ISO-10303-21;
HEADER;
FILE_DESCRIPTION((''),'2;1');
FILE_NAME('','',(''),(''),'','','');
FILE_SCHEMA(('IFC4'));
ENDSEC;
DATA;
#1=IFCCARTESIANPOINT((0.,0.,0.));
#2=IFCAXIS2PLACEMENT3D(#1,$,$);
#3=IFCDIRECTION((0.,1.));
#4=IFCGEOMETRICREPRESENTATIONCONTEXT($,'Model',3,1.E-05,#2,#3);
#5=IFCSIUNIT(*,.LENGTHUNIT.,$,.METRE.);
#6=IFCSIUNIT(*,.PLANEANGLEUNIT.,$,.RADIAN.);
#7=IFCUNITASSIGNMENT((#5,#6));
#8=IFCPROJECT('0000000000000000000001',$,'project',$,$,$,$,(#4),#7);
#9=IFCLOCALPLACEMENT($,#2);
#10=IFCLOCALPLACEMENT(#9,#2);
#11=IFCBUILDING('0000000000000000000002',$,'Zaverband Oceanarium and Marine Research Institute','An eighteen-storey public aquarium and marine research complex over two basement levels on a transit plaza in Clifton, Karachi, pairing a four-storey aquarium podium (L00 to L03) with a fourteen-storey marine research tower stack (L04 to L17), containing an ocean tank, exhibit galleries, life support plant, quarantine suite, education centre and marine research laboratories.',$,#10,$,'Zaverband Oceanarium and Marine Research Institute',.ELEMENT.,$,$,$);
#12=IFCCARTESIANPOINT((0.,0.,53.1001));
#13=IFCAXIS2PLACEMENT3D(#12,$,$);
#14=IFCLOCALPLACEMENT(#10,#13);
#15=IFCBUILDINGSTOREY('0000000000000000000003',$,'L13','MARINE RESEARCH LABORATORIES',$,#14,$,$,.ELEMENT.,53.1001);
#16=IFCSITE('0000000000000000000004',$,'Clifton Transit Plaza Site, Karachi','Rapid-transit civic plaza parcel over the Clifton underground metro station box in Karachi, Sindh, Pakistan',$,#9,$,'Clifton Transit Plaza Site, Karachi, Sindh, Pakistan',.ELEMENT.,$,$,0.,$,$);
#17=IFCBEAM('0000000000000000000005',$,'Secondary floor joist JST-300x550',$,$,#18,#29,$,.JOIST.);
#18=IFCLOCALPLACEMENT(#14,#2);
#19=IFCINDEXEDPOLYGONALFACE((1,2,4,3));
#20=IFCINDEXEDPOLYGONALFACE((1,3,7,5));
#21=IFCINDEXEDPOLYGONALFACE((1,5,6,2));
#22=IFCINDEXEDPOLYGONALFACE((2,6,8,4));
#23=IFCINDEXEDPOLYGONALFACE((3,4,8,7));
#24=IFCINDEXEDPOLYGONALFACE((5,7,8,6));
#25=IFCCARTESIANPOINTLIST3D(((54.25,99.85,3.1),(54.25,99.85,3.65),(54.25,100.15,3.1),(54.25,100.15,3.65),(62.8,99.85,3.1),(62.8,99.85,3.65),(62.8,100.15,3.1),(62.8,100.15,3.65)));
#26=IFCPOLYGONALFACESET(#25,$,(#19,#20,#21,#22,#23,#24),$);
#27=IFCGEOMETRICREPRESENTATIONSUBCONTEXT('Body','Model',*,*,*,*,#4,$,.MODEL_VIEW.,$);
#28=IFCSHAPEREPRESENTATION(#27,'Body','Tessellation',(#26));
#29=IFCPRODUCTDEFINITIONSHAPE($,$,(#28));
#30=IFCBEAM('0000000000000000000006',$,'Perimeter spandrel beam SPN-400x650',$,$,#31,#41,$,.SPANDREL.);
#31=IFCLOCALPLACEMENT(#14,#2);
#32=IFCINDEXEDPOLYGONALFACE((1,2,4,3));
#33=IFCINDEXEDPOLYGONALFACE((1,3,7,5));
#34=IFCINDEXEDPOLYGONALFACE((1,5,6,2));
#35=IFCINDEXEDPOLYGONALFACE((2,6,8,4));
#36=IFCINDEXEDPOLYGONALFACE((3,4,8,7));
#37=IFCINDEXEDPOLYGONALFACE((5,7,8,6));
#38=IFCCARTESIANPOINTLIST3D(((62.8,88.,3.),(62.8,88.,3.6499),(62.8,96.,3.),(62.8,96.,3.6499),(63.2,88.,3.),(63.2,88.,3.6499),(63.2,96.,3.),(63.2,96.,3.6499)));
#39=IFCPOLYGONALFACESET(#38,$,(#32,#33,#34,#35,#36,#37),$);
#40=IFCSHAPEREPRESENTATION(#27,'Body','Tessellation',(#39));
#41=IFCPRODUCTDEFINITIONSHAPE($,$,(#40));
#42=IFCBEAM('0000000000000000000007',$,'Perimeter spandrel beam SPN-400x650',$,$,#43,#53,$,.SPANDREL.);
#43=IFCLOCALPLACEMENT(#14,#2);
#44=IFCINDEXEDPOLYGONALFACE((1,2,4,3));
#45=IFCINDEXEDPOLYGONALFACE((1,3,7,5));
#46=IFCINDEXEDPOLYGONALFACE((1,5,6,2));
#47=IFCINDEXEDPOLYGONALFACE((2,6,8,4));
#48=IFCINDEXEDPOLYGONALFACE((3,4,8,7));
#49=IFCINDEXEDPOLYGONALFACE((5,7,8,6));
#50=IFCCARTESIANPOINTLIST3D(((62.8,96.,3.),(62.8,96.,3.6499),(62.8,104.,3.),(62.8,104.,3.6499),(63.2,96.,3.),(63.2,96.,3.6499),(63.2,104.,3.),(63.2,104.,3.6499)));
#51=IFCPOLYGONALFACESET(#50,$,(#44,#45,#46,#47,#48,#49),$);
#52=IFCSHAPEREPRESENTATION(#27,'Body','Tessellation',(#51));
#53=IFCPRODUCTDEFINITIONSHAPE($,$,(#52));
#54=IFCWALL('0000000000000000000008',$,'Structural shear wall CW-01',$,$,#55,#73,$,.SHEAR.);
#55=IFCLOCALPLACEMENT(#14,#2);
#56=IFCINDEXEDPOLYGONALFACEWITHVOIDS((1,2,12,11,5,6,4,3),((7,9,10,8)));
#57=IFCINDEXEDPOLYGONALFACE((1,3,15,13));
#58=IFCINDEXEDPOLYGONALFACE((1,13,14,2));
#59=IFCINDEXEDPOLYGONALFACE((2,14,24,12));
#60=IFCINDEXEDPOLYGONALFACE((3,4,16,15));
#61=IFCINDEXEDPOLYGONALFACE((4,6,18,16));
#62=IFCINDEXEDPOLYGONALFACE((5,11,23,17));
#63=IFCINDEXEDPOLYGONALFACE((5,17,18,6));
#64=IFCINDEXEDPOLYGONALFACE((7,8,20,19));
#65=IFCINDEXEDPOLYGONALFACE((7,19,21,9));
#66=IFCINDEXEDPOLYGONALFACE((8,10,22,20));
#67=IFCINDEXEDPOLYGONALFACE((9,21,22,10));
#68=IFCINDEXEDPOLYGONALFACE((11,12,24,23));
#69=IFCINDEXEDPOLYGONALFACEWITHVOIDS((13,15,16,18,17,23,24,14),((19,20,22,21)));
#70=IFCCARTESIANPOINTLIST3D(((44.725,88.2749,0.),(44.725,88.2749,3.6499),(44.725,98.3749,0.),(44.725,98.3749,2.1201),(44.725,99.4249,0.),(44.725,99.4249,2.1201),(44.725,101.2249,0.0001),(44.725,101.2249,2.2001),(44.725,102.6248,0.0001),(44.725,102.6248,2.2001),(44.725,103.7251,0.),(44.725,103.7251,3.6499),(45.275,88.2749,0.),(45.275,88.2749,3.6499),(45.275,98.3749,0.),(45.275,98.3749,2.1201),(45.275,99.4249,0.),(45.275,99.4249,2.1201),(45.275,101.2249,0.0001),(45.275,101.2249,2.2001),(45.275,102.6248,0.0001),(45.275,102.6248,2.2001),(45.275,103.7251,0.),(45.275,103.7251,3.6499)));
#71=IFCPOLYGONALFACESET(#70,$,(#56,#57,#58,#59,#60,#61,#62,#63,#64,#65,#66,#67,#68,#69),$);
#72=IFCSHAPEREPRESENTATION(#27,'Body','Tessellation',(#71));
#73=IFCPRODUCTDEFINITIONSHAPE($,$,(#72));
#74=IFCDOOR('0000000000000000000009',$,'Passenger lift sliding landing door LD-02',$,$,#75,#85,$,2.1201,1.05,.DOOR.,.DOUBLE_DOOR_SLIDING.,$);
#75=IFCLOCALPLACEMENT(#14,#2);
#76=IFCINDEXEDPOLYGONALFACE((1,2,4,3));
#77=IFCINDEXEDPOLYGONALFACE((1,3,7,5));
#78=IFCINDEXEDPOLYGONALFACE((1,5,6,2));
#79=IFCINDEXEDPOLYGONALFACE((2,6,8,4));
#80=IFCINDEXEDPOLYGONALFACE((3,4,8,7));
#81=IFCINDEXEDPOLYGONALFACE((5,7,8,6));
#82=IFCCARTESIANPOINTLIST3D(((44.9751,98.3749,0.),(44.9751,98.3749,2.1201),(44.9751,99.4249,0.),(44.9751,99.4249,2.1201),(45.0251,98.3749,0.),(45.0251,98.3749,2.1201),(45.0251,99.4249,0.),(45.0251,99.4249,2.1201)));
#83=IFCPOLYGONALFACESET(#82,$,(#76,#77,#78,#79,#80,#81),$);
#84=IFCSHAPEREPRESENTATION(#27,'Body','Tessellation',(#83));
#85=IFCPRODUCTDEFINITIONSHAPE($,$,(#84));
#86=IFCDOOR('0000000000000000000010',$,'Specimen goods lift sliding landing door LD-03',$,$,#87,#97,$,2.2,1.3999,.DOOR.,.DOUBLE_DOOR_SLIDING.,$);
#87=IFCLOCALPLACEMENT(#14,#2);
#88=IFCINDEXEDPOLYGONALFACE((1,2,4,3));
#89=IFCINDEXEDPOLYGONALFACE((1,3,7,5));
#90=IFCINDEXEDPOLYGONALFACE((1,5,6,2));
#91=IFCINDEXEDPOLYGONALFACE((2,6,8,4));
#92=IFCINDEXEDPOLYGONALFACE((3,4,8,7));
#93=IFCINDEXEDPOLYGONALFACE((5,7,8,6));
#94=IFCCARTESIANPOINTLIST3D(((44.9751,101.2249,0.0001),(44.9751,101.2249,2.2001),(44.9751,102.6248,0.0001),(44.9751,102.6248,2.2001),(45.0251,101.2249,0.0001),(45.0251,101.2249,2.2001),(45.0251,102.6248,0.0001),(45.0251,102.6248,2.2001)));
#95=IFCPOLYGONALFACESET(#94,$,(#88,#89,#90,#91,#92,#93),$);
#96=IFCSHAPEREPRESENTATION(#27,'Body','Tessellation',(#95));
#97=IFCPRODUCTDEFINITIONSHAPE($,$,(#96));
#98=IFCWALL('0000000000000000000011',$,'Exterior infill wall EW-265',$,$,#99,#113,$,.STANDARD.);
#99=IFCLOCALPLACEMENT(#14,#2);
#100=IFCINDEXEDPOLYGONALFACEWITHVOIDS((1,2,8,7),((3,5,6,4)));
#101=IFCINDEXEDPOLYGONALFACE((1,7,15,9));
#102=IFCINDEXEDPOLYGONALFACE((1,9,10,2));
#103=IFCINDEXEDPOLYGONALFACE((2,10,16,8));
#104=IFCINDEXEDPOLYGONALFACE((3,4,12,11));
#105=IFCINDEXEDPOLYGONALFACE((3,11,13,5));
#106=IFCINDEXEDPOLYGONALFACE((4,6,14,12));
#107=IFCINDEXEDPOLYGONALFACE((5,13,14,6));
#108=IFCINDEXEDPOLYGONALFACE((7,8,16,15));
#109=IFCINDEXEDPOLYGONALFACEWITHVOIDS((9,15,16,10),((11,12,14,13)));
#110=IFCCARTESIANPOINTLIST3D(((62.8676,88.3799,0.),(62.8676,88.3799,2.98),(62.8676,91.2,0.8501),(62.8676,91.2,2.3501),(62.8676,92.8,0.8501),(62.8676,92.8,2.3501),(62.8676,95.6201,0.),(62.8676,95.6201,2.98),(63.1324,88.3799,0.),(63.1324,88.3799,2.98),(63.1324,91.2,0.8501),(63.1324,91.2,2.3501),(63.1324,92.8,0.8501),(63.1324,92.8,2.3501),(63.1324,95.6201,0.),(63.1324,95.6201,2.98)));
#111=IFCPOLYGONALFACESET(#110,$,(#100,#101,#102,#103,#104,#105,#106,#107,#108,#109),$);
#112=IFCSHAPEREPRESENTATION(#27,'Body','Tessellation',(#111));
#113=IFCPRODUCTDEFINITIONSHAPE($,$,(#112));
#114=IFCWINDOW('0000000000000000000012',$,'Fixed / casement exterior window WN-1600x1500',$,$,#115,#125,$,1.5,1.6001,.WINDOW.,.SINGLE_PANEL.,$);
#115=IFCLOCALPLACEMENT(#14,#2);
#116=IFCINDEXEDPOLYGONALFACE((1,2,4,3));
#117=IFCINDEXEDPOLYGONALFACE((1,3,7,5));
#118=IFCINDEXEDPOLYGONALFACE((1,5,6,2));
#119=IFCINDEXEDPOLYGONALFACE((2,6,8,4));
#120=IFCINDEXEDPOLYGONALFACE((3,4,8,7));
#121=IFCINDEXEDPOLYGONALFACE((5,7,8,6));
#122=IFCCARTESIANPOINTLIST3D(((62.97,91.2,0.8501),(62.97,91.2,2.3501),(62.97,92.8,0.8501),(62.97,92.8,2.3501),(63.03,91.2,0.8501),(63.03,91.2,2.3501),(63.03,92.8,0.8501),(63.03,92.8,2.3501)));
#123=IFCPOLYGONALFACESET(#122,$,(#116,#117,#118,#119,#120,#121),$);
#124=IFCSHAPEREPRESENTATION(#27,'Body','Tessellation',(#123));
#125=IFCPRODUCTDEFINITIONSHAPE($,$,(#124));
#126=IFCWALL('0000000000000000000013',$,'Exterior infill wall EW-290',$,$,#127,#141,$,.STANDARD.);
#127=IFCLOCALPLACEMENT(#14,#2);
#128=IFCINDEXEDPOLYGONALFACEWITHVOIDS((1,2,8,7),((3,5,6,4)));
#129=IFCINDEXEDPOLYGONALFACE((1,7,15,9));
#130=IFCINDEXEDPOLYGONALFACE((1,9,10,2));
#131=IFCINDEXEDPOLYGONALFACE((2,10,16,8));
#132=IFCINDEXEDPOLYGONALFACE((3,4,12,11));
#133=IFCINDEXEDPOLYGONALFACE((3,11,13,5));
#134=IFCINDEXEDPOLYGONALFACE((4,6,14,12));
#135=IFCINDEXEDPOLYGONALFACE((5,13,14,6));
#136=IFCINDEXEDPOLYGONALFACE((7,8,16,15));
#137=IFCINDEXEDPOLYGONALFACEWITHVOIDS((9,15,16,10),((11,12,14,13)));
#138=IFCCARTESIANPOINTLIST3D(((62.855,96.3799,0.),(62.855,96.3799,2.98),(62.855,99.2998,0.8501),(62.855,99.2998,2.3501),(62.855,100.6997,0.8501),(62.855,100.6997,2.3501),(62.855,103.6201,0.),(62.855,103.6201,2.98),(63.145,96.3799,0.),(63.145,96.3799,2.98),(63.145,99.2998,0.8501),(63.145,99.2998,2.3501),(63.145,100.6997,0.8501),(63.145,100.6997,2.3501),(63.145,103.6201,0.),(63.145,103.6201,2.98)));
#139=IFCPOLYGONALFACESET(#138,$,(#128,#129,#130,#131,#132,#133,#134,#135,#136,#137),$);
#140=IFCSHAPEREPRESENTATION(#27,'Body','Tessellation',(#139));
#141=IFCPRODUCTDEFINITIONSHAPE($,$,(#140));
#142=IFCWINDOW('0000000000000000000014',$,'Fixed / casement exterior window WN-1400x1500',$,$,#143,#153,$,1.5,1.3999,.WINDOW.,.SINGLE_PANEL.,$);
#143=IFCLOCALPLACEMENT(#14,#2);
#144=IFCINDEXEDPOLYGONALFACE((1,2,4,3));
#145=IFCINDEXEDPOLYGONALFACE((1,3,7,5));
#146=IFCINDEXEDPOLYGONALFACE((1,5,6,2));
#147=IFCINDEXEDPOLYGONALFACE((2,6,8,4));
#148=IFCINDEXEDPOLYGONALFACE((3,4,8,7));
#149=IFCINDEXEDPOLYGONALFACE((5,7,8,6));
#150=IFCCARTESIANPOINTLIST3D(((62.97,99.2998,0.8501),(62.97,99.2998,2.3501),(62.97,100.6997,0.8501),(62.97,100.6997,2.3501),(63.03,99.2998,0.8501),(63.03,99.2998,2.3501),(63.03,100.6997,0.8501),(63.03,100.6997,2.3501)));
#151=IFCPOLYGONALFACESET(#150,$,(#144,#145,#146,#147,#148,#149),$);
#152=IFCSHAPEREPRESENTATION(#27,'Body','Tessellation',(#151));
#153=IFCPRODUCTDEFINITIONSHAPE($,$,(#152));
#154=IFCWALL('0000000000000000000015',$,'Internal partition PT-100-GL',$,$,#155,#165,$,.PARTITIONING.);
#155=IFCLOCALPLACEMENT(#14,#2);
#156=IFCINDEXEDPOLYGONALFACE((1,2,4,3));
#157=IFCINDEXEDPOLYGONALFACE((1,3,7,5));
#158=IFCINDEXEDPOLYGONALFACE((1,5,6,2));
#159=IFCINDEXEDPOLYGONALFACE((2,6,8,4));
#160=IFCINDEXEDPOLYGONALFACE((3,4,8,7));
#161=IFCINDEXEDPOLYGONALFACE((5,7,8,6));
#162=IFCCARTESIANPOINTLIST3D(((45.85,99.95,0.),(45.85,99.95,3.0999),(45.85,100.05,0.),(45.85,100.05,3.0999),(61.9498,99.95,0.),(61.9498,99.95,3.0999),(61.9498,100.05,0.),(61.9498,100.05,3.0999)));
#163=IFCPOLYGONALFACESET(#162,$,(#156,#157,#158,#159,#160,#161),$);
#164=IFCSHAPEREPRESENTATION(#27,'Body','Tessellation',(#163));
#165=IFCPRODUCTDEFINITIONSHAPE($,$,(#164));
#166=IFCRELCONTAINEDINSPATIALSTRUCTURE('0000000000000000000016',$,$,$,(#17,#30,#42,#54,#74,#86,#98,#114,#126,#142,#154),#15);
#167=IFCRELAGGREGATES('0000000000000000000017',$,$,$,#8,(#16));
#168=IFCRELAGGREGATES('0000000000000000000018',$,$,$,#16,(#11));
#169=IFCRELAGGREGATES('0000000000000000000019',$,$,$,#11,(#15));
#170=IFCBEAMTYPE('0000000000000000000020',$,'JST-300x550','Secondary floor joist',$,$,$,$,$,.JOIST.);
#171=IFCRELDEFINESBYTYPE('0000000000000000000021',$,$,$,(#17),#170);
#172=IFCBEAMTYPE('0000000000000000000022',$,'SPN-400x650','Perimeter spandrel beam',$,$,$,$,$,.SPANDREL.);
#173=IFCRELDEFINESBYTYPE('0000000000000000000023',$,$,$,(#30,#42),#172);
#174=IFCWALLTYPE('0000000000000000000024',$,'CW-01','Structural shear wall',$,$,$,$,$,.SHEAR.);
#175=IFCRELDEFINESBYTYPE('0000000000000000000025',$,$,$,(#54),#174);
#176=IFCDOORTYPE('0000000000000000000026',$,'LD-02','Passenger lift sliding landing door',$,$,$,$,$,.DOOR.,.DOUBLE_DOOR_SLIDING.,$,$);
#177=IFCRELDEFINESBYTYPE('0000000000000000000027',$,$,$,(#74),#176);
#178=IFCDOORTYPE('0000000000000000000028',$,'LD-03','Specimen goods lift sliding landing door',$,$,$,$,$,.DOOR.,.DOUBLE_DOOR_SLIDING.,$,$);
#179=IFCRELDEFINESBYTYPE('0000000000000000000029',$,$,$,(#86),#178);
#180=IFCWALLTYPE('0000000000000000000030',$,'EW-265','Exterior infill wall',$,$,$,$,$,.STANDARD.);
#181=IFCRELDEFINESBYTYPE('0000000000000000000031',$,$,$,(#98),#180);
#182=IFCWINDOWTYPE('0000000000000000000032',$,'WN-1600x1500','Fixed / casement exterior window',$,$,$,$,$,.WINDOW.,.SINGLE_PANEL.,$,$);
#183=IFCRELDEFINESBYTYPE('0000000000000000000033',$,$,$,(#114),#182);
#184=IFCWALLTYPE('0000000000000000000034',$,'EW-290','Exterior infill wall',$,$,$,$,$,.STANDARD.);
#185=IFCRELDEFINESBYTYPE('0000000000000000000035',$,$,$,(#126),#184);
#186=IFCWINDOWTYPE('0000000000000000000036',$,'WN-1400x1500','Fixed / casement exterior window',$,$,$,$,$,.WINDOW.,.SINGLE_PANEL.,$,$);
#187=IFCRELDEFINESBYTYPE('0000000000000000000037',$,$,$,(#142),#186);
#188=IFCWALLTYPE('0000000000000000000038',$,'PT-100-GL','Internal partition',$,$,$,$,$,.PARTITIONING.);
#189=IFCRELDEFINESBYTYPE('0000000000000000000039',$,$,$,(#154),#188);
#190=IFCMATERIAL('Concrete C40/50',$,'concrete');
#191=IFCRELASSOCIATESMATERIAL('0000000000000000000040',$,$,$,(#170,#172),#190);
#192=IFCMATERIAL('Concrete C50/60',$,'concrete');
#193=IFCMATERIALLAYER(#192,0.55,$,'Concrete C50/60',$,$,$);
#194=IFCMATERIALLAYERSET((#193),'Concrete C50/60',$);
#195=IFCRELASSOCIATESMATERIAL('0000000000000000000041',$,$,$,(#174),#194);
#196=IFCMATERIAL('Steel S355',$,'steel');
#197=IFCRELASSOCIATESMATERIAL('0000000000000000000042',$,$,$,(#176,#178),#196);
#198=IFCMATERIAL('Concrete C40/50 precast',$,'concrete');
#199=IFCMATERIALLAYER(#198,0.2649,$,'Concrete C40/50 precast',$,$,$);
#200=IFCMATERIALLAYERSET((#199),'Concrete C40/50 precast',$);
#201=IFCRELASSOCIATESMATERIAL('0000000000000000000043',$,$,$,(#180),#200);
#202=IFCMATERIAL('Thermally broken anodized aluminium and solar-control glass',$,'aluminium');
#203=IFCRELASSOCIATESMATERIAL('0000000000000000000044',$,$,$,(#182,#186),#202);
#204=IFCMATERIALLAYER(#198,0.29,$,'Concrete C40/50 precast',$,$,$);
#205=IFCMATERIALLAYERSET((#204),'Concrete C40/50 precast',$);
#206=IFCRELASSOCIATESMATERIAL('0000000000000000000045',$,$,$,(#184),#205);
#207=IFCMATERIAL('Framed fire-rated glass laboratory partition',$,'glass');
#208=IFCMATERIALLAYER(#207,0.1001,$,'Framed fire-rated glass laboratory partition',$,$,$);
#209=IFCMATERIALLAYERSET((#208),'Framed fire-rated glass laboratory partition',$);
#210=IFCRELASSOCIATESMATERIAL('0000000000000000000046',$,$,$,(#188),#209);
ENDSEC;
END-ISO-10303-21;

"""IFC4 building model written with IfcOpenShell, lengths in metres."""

from ifc_helpers import new_model, si_unit, direction, frame, frame_2d, origin, origin_2d, place, context, subcontext, project, spatial, rectangle, extrude, material, layer, layer_set, material_profile, profile_set, type_object, element, fill, save


model = new_model("IFC4")

# Units and contexts
model_context = context("Model", 3, precision=1e-05, world=origin(), true_north=direction((0.0, 1.0)))
body_context = subcontext(model_context, "Body", "Model", "MODEL_VIEW")
ifc_project = project(units=[si_unit("LENGTHUNIT", "METRE"), si_unit("PLANEANGLEUNIT", "RADIAN")], contexts=[model_context])

# Site, building, storey
site_placement = place(None, origin())
site = spatial("IfcSite", under=ifc_project, at=site_placement, Name="Clifton Transit Plaza Site, Karachi", Description="Rapid-transit civic plaza parcel over the Clifton underground metro station box in Karachi, Sindh, Pakistan", LongName="Clifton Transit Plaza Site, Karachi, Sindh, Pakistan", CompositionType="ELEMENT", RefElevation=0.0)
building_placement = place(site_placement, origin())
building = spatial("IfcBuilding", under=site, at=building_placement, Name="Zaverband Oceanarium and Marine Research Institute", Description="An eighteen-storey public aquarium and marine research complex over two basement levels on a transit plaza in Clifton, Karachi, pairing a four-storey aquarium podium (L00 to L03) with a fourteen-storey marine research tower stack (L04 to L17), containing an ocean tank, exhibit galleries, life support plant, quarantine suite, education centre and marine research laboratories.", LongName="Zaverband Oceanarium and Marine Research Institute", CompositionType="ELEMENT")
storey_placement = place(building_placement, frame((0.0, 0.0, 53.1001)))
storey = spatial("IfcBuildingStorey", under=building, at=storey_placement, Name="L13", Description="MARINE RESEARCH LABORATORIES", CompositionType="ELEMENT", Elevation=53.1001)

# Shared definitions
ifc_material_1 = material(Name="Concrete C50/60", Category="concrete")

# Shared definitions
ifc_material_2 = material(Name="Concrete C40/50", Category="concrete")

# Shared definitions
ifc_material_3 = material(Name="Steel S355", Category="steel")

# Beams
ifc_material_profile_1 = material_profile(ifc_material_2, rectangle(XDim=0.3, YDim=0.55, at=origin_2d()), Name="RC300x550")
ifc_profile_set_1 = profile_set([ifc_material_profile_1], Name="Concrete C40/50")
beam_type_1 = type_object("IfcBeamType", Name="JST-300x550", Description="Secondary floor joist", PredefinedType="JOIST", material=ifc_profile_set_1)
for number, where, z_axis, x_axis, name in (
    (1, (54.25, 100.0, 3.375), (1.0, 0.0, 0.0), (0.0, 1.0, 0.0), "Secondary floor joist JST-300x550"),
):
    element("IfcBeam", number, at=place(storey_placement, frame(where, z_axis=z_axis, x_axis=x_axis)), inside=storey, type_object=beam_type_1, Name=name, PredefinedType="JOIST", context=body_context, shape_type="SweptSolid", body=[
        extrude(rectangle(XDim=0.3, YDim=0.55, at=origin_2d()), origin(), (0.0, 0.0, 1.0), 8.55),
    ])
ifc_material_profile_2 = material_profile(ifc_material_2, rectangle(XDim=0.3999, YDim=0.6499, at=origin_2d()), Name="RC400x650")
ifc_profile_set_2 = profile_set([ifc_material_profile_2], Name="Concrete C40/50")
beam_type_2 = type_object("IfcBeamType", Name="SPN-400x650", Description="Perimeter spandrel beam", PredefinedType="SPANDREL", material=ifc_profile_set_2)
for number, where, z_axis, x_axis, name in (
    (2, (63.0, 88.0, 3.325), (0.0, 1.0, 0.0), (-1.0, 0.0, 0.0), "Perimeter spandrel beam SPN-400x650"),
    (3, (63.0, 96.0, 3.325), (0.0, 1.0, 0.0), (-1.0, 0.0, 0.0), "Perimeter spandrel beam SPN-400x650"),
):
    element("IfcBeam", number, at=place(storey_placement, frame(where, z_axis=z_axis, x_axis=x_axis)), inside=storey, type_object=beam_type_2, Name=name, PredefinedType="SPANDREL", context=body_context, shape_type="SweptSolid", body=[
        extrude(rectangle(XDim=0.3999, YDim=0.6499, at=origin_2d()), origin(), (0.0, 0.0, 1.0), 8.0),
    ])

# Wall, openings, doors
ifc_layer_1 = layer(ifc_material_1, 0.55, Name="Concrete C50/60")
ifc_layer_set_1 = layer_set([ifc_layer_1], Name="Concrete C50/60")
wall_type_1 = type_object("IfcWallType", Name="CW-01", Description="Structural shear wall", PredefinedType="SHEAR", material=ifc_layer_set_1)
wall_1_placement = place(storey_placement, frame((45.0, 88.2749, 0.0), z_axis=(0.0, 0.0, 1.0), x_axis=(0.0, 1.0, 0.0)))
wall_1 = element("IfcWall", 4, at=wall_1_placement, inside=storey, type_object=wall_type_1, Name="Structural shear wall CW-01", PredefinedType="SHEAR", context=body_context, shape_type="SweptSolid", body=[
    extrude(rectangle(XDim=15.4502, YDim=0.55, at=frame_2d((7.7251, 0.0))), origin(), (0.0, 0.0, 1.0), 3.6499),
])
opening_1_placement = place(wall_1_placement, frame((10.1001, 0.0, 0.0)))
opening_1 = element("IfcOpeningElement", 5, at=opening_1_placement, cuts=wall_1, PredefinedType="OPENING", context=body_context, shape_type="SweptSolid", body=[
    extrude(rectangle(XDim=1.05, YDim=2.1201, at=frame_2d((0.5249, 1.0601))), frame((0.0, 0.2871, 0.0), z_axis=(0.0, -1.0, 0.0), x_axis=(1.0, 0.0, 0.0)), (0.0, 0.0, 1.0), 0.574),
])
opening_2_placement = place(wall_1_placement, frame((12.95, 0.0, 0.0)))
opening_2 = element("IfcOpeningElement", 6, at=opening_2_placement, cuts=wall_1, PredefinedType="OPENING", context=body_context, shape_type="SweptSolid", body=[
    extrude(rectangle(XDim=1.3999, YDim=2.2, at=frame_2d((0.7, 1.1001))), frame((0.0, 0.2871, 0.0), z_axis=(0.0, -1.0, 0.0), x_axis=(1.0, 0.0, 0.0)), (0.0, 0.0, 1.0), 0.574),
])
door_type_1 = type_object("IfcDoorType", Name="LD-02", Description="Passenger lift sliding landing door", OperationType="DOUBLE_DOOR_SLIDING", PredefinedType="DOOR", material=ifc_material_3)
door_1_placement = place(opening_1_placement, origin())
door_1 = element("IfcDoor", 7, at=door_1_placement, inside=storey, type_object=door_type_1, Name="Passenger lift sliding landing door LD-02", OperationType="DOUBLE_DOOR_SLIDING", OverallHeight=2.1201, OverallWidth=1.05, PredefinedType="DOOR", context=body_context, shape_type="SweptSolid", body=[
    extrude(rectangle(XDim=1.05, YDim=2.1201, at=frame_2d((0.5249, 1.0601))), frame((0.0, 0.0249, 0.0), z_axis=(0.0, -1.0, 0.0), x_axis=(1.0, 0.0, 0.0)), (0.0, 0.0, 1.0), 0.05),
])
fill(opening_1, door_1)
door_type_2 = type_object("IfcDoorType", Name="LD-03", Description="Specimen goods lift sliding landing door", OperationType="DOUBLE_DOOR_SLIDING", PredefinedType="DOOR", material=ifc_material_3)
door_2_placement = place(opening_2_placement, origin())
door_2 = element("IfcDoor", 8, at=door_2_placement, inside=storey, type_object=door_type_2, Name="Specimen goods lift sliding landing door LD-03", OperationType="DOUBLE_DOOR_SLIDING", OverallHeight=2.2, OverallWidth=1.3999, PredefinedType="DOOR", context=body_context, shape_type="SweptSolid", body=[
    extrude(rectangle(XDim=1.3999, YDim=2.2, at=frame_2d((0.7, 1.1001))), frame((0.0, 0.0249, 0.0), z_axis=(0.0, -1.0, 0.0), x_axis=(1.0, 0.0, 0.0)), (0.0, 0.0, 1.0), 0.05),
])
fill(opening_2, door_2)

# Walls, openings, windows
ifc_material_4 = material(Name="Concrete C40/50 precast", Category="concrete")
ifc_layer_2 = layer(ifc_material_4, 0.2649, Name="Concrete C40/50 precast")
ifc_layer_set_2 = layer_set([ifc_layer_2], Name="Concrete C40/50 precast")
wall_type_2 = type_object("IfcWallType", Name="EW-265", Description="Exterior infill wall", PredefinedType="STANDARD", material=ifc_layer_set_2)
wall_2_placement = place(storey_placement, frame((63.0, 88.3799, 0.0), z_axis=(0.0, 0.0, 1.0), x_axis=(0.0, 1.0, 0.0)))
wall_2 = element("IfcWall", 9, at=wall_2_placement, inside=storey, type_object=wall_type_2, Name="Exterior infill wall EW-265", PredefinedType="STANDARD", context=body_context, shape_type="SweptSolid", body=[
    extrude(rectangle(XDim=7.2402, YDim=0.2649, at=frame_2d((3.6201, 0.0))), origin(), (0.0, 0.0, 1.0), 2.98),
])
opening_3_placement = place(wall_2_placement, frame((2.8201, 0.0, 0.8501)))
opening_3 = element("IfcOpeningElement", 10, at=opening_3_placement, cuts=wall_2, PredefinedType="OPENING", context=body_context, shape_type="SweptSolid", body=[
    extrude(rectangle(XDim=1.6001, YDim=1.5, at=frame_2d((0.8, 0.75))), frame((0.0, 0.1445, 0.0), z_axis=(0.0, -1.0, 0.0), x_axis=(1.0, 0.0, 0.0)), (0.0, 0.0, 1.0), 0.2888),
])
ifc_material_5 = material(Name="Thermally broken anodized aluminium and solar-control glass", Category="aluminium")
window_type_1 = type_object("IfcWindowType", Name="WN-1600x1500", Description="Fixed / casement exterior window", PartitioningType="SINGLE_PANEL", PredefinedType="WINDOW", material=ifc_material_5)
window_1_placement = place(opening_3_placement, origin())
window_1 = element("IfcWindow", 11, at=window_1_placement, inside=storey, type_object=window_type_1, Name="Fixed / casement exterior window WN-1600x1500", OverallHeight=1.5, OverallWidth=1.6001, PartitioningType="SINGLE_PANEL", PredefinedType="WINDOW", context=body_context, shape_type="SweptSolid", body=[
    extrude(rectangle(XDim=1.6001, YDim=1.5, at=frame_2d((0.8, 0.75))), frame((0.0, 0.03, 0.0), z_axis=(0.0, -1.0, 0.0), x_axis=(1.0, 0.0, 0.0)), (0.0, 0.0, 1.0), 0.0601),
])
fill(opening_3, window_1)
ifc_layer_3 = layer(ifc_material_4, 0.29, Name="Concrete C40/50 precast")
ifc_layer_set_3 = layer_set([ifc_layer_3], Name="Concrete C40/50 precast")
wall_type_3 = type_object("IfcWallType", Name="EW-290", Description="Exterior infill wall", PredefinedType="STANDARD", material=ifc_layer_set_3)
wall_3_placement = place(storey_placement, frame((63.0, 96.3799, 0.0), z_axis=(0.0, 0.0, 1.0), x_axis=(0.0, 1.0, 0.0)))
wall_3 = element("IfcWall", 12, at=wall_3_placement, inside=storey, type_object=wall_type_3, Name="Exterior infill wall EW-290", PredefinedType="STANDARD", context=body_context, shape_type="SweptSolid", body=[
    extrude(rectangle(XDim=7.2402, YDim=0.29, at=frame_2d((3.6201, 0.0))), origin(), (0.0, 0.0, 1.0), 2.98),
])
opening_4_placement = place(wall_3_placement, frame((2.9199, 0.0, 0.8501)))
opening_4 = element("IfcOpeningElement", 13, at=opening_4_placement, cuts=wall_3, PredefinedType="OPENING", context=body_context, shape_type="SweptSolid", body=[
    extrude(rectangle(XDim=1.3999, YDim=1.5, at=frame_2d((0.7, 0.75))), frame((0.0, 0.157, 0.0), z_axis=(0.0, -1.0, 0.0), x_axis=(1.0, 0.0, 0.0)), (0.0, 0.0, 1.0), 0.314),
])
window_type_2 = type_object("IfcWindowType", Name="WN-1400x1500", Description="Fixed / casement exterior window", PartitioningType="SINGLE_PANEL", PredefinedType="WINDOW", material=ifc_material_5)
window_2_placement = place(opening_4_placement, origin())
window_2 = element("IfcWindow", 14, at=window_2_placement, inside=storey, type_object=window_type_2, Name="Fixed / casement exterior window WN-1400x1500", OverallHeight=1.5, OverallWidth=1.3999, PartitioningType="SINGLE_PANEL", PredefinedType="WINDOW", context=body_context, shape_type="SweptSolid", body=[
    extrude(rectangle(XDim=1.3999, YDim=1.5, at=frame_2d((0.7, 0.75))), frame((0.0, 0.03, 0.0), z_axis=(0.0, -1.0, 0.0), x_axis=(1.0, 0.0, 0.0)), (0.0, 0.0, 1.0), 0.0601),
])
fill(opening_4, window_2)

# Wall
ifc_material_6 = material(Name="Framed fire-rated glass laboratory partition", Category="glass")
ifc_layer_4 = layer(ifc_material_6, 0.1001, Name="Framed fire-rated glass laboratory partition")
ifc_layer_set_4 = layer_set([ifc_layer_4], Name="Framed fire-rated glass laboratory partition")
wall_type_4 = type_object("IfcWallType", Name="PT-100-GL", Description="Internal partition", PredefinedType="PARTITIONING", material=ifc_layer_set_4)
wall_4_placement = place(storey_placement, frame((45.8501, 100.0, 0.0), z_axis=(0.0, 0.0, 1.0), x_axis=(1.0, 0.0, 0.0)))
element("IfcWall", 15, at=wall_4_placement, inside=storey, type_object=wall_type_4, Name="Internal partition PT-100-GL", PredefinedType="PARTITIONING", context=body_context, shape_type="SweptSolid", body=[
    extrude(rectangle(XDim=16.0999, YDim=0.1001, at=frame_2d((8.0498, 0.0))), origin(), (0.0, 0.0, 1.0), 3.0999),
])

save(model, "model.ifc")
